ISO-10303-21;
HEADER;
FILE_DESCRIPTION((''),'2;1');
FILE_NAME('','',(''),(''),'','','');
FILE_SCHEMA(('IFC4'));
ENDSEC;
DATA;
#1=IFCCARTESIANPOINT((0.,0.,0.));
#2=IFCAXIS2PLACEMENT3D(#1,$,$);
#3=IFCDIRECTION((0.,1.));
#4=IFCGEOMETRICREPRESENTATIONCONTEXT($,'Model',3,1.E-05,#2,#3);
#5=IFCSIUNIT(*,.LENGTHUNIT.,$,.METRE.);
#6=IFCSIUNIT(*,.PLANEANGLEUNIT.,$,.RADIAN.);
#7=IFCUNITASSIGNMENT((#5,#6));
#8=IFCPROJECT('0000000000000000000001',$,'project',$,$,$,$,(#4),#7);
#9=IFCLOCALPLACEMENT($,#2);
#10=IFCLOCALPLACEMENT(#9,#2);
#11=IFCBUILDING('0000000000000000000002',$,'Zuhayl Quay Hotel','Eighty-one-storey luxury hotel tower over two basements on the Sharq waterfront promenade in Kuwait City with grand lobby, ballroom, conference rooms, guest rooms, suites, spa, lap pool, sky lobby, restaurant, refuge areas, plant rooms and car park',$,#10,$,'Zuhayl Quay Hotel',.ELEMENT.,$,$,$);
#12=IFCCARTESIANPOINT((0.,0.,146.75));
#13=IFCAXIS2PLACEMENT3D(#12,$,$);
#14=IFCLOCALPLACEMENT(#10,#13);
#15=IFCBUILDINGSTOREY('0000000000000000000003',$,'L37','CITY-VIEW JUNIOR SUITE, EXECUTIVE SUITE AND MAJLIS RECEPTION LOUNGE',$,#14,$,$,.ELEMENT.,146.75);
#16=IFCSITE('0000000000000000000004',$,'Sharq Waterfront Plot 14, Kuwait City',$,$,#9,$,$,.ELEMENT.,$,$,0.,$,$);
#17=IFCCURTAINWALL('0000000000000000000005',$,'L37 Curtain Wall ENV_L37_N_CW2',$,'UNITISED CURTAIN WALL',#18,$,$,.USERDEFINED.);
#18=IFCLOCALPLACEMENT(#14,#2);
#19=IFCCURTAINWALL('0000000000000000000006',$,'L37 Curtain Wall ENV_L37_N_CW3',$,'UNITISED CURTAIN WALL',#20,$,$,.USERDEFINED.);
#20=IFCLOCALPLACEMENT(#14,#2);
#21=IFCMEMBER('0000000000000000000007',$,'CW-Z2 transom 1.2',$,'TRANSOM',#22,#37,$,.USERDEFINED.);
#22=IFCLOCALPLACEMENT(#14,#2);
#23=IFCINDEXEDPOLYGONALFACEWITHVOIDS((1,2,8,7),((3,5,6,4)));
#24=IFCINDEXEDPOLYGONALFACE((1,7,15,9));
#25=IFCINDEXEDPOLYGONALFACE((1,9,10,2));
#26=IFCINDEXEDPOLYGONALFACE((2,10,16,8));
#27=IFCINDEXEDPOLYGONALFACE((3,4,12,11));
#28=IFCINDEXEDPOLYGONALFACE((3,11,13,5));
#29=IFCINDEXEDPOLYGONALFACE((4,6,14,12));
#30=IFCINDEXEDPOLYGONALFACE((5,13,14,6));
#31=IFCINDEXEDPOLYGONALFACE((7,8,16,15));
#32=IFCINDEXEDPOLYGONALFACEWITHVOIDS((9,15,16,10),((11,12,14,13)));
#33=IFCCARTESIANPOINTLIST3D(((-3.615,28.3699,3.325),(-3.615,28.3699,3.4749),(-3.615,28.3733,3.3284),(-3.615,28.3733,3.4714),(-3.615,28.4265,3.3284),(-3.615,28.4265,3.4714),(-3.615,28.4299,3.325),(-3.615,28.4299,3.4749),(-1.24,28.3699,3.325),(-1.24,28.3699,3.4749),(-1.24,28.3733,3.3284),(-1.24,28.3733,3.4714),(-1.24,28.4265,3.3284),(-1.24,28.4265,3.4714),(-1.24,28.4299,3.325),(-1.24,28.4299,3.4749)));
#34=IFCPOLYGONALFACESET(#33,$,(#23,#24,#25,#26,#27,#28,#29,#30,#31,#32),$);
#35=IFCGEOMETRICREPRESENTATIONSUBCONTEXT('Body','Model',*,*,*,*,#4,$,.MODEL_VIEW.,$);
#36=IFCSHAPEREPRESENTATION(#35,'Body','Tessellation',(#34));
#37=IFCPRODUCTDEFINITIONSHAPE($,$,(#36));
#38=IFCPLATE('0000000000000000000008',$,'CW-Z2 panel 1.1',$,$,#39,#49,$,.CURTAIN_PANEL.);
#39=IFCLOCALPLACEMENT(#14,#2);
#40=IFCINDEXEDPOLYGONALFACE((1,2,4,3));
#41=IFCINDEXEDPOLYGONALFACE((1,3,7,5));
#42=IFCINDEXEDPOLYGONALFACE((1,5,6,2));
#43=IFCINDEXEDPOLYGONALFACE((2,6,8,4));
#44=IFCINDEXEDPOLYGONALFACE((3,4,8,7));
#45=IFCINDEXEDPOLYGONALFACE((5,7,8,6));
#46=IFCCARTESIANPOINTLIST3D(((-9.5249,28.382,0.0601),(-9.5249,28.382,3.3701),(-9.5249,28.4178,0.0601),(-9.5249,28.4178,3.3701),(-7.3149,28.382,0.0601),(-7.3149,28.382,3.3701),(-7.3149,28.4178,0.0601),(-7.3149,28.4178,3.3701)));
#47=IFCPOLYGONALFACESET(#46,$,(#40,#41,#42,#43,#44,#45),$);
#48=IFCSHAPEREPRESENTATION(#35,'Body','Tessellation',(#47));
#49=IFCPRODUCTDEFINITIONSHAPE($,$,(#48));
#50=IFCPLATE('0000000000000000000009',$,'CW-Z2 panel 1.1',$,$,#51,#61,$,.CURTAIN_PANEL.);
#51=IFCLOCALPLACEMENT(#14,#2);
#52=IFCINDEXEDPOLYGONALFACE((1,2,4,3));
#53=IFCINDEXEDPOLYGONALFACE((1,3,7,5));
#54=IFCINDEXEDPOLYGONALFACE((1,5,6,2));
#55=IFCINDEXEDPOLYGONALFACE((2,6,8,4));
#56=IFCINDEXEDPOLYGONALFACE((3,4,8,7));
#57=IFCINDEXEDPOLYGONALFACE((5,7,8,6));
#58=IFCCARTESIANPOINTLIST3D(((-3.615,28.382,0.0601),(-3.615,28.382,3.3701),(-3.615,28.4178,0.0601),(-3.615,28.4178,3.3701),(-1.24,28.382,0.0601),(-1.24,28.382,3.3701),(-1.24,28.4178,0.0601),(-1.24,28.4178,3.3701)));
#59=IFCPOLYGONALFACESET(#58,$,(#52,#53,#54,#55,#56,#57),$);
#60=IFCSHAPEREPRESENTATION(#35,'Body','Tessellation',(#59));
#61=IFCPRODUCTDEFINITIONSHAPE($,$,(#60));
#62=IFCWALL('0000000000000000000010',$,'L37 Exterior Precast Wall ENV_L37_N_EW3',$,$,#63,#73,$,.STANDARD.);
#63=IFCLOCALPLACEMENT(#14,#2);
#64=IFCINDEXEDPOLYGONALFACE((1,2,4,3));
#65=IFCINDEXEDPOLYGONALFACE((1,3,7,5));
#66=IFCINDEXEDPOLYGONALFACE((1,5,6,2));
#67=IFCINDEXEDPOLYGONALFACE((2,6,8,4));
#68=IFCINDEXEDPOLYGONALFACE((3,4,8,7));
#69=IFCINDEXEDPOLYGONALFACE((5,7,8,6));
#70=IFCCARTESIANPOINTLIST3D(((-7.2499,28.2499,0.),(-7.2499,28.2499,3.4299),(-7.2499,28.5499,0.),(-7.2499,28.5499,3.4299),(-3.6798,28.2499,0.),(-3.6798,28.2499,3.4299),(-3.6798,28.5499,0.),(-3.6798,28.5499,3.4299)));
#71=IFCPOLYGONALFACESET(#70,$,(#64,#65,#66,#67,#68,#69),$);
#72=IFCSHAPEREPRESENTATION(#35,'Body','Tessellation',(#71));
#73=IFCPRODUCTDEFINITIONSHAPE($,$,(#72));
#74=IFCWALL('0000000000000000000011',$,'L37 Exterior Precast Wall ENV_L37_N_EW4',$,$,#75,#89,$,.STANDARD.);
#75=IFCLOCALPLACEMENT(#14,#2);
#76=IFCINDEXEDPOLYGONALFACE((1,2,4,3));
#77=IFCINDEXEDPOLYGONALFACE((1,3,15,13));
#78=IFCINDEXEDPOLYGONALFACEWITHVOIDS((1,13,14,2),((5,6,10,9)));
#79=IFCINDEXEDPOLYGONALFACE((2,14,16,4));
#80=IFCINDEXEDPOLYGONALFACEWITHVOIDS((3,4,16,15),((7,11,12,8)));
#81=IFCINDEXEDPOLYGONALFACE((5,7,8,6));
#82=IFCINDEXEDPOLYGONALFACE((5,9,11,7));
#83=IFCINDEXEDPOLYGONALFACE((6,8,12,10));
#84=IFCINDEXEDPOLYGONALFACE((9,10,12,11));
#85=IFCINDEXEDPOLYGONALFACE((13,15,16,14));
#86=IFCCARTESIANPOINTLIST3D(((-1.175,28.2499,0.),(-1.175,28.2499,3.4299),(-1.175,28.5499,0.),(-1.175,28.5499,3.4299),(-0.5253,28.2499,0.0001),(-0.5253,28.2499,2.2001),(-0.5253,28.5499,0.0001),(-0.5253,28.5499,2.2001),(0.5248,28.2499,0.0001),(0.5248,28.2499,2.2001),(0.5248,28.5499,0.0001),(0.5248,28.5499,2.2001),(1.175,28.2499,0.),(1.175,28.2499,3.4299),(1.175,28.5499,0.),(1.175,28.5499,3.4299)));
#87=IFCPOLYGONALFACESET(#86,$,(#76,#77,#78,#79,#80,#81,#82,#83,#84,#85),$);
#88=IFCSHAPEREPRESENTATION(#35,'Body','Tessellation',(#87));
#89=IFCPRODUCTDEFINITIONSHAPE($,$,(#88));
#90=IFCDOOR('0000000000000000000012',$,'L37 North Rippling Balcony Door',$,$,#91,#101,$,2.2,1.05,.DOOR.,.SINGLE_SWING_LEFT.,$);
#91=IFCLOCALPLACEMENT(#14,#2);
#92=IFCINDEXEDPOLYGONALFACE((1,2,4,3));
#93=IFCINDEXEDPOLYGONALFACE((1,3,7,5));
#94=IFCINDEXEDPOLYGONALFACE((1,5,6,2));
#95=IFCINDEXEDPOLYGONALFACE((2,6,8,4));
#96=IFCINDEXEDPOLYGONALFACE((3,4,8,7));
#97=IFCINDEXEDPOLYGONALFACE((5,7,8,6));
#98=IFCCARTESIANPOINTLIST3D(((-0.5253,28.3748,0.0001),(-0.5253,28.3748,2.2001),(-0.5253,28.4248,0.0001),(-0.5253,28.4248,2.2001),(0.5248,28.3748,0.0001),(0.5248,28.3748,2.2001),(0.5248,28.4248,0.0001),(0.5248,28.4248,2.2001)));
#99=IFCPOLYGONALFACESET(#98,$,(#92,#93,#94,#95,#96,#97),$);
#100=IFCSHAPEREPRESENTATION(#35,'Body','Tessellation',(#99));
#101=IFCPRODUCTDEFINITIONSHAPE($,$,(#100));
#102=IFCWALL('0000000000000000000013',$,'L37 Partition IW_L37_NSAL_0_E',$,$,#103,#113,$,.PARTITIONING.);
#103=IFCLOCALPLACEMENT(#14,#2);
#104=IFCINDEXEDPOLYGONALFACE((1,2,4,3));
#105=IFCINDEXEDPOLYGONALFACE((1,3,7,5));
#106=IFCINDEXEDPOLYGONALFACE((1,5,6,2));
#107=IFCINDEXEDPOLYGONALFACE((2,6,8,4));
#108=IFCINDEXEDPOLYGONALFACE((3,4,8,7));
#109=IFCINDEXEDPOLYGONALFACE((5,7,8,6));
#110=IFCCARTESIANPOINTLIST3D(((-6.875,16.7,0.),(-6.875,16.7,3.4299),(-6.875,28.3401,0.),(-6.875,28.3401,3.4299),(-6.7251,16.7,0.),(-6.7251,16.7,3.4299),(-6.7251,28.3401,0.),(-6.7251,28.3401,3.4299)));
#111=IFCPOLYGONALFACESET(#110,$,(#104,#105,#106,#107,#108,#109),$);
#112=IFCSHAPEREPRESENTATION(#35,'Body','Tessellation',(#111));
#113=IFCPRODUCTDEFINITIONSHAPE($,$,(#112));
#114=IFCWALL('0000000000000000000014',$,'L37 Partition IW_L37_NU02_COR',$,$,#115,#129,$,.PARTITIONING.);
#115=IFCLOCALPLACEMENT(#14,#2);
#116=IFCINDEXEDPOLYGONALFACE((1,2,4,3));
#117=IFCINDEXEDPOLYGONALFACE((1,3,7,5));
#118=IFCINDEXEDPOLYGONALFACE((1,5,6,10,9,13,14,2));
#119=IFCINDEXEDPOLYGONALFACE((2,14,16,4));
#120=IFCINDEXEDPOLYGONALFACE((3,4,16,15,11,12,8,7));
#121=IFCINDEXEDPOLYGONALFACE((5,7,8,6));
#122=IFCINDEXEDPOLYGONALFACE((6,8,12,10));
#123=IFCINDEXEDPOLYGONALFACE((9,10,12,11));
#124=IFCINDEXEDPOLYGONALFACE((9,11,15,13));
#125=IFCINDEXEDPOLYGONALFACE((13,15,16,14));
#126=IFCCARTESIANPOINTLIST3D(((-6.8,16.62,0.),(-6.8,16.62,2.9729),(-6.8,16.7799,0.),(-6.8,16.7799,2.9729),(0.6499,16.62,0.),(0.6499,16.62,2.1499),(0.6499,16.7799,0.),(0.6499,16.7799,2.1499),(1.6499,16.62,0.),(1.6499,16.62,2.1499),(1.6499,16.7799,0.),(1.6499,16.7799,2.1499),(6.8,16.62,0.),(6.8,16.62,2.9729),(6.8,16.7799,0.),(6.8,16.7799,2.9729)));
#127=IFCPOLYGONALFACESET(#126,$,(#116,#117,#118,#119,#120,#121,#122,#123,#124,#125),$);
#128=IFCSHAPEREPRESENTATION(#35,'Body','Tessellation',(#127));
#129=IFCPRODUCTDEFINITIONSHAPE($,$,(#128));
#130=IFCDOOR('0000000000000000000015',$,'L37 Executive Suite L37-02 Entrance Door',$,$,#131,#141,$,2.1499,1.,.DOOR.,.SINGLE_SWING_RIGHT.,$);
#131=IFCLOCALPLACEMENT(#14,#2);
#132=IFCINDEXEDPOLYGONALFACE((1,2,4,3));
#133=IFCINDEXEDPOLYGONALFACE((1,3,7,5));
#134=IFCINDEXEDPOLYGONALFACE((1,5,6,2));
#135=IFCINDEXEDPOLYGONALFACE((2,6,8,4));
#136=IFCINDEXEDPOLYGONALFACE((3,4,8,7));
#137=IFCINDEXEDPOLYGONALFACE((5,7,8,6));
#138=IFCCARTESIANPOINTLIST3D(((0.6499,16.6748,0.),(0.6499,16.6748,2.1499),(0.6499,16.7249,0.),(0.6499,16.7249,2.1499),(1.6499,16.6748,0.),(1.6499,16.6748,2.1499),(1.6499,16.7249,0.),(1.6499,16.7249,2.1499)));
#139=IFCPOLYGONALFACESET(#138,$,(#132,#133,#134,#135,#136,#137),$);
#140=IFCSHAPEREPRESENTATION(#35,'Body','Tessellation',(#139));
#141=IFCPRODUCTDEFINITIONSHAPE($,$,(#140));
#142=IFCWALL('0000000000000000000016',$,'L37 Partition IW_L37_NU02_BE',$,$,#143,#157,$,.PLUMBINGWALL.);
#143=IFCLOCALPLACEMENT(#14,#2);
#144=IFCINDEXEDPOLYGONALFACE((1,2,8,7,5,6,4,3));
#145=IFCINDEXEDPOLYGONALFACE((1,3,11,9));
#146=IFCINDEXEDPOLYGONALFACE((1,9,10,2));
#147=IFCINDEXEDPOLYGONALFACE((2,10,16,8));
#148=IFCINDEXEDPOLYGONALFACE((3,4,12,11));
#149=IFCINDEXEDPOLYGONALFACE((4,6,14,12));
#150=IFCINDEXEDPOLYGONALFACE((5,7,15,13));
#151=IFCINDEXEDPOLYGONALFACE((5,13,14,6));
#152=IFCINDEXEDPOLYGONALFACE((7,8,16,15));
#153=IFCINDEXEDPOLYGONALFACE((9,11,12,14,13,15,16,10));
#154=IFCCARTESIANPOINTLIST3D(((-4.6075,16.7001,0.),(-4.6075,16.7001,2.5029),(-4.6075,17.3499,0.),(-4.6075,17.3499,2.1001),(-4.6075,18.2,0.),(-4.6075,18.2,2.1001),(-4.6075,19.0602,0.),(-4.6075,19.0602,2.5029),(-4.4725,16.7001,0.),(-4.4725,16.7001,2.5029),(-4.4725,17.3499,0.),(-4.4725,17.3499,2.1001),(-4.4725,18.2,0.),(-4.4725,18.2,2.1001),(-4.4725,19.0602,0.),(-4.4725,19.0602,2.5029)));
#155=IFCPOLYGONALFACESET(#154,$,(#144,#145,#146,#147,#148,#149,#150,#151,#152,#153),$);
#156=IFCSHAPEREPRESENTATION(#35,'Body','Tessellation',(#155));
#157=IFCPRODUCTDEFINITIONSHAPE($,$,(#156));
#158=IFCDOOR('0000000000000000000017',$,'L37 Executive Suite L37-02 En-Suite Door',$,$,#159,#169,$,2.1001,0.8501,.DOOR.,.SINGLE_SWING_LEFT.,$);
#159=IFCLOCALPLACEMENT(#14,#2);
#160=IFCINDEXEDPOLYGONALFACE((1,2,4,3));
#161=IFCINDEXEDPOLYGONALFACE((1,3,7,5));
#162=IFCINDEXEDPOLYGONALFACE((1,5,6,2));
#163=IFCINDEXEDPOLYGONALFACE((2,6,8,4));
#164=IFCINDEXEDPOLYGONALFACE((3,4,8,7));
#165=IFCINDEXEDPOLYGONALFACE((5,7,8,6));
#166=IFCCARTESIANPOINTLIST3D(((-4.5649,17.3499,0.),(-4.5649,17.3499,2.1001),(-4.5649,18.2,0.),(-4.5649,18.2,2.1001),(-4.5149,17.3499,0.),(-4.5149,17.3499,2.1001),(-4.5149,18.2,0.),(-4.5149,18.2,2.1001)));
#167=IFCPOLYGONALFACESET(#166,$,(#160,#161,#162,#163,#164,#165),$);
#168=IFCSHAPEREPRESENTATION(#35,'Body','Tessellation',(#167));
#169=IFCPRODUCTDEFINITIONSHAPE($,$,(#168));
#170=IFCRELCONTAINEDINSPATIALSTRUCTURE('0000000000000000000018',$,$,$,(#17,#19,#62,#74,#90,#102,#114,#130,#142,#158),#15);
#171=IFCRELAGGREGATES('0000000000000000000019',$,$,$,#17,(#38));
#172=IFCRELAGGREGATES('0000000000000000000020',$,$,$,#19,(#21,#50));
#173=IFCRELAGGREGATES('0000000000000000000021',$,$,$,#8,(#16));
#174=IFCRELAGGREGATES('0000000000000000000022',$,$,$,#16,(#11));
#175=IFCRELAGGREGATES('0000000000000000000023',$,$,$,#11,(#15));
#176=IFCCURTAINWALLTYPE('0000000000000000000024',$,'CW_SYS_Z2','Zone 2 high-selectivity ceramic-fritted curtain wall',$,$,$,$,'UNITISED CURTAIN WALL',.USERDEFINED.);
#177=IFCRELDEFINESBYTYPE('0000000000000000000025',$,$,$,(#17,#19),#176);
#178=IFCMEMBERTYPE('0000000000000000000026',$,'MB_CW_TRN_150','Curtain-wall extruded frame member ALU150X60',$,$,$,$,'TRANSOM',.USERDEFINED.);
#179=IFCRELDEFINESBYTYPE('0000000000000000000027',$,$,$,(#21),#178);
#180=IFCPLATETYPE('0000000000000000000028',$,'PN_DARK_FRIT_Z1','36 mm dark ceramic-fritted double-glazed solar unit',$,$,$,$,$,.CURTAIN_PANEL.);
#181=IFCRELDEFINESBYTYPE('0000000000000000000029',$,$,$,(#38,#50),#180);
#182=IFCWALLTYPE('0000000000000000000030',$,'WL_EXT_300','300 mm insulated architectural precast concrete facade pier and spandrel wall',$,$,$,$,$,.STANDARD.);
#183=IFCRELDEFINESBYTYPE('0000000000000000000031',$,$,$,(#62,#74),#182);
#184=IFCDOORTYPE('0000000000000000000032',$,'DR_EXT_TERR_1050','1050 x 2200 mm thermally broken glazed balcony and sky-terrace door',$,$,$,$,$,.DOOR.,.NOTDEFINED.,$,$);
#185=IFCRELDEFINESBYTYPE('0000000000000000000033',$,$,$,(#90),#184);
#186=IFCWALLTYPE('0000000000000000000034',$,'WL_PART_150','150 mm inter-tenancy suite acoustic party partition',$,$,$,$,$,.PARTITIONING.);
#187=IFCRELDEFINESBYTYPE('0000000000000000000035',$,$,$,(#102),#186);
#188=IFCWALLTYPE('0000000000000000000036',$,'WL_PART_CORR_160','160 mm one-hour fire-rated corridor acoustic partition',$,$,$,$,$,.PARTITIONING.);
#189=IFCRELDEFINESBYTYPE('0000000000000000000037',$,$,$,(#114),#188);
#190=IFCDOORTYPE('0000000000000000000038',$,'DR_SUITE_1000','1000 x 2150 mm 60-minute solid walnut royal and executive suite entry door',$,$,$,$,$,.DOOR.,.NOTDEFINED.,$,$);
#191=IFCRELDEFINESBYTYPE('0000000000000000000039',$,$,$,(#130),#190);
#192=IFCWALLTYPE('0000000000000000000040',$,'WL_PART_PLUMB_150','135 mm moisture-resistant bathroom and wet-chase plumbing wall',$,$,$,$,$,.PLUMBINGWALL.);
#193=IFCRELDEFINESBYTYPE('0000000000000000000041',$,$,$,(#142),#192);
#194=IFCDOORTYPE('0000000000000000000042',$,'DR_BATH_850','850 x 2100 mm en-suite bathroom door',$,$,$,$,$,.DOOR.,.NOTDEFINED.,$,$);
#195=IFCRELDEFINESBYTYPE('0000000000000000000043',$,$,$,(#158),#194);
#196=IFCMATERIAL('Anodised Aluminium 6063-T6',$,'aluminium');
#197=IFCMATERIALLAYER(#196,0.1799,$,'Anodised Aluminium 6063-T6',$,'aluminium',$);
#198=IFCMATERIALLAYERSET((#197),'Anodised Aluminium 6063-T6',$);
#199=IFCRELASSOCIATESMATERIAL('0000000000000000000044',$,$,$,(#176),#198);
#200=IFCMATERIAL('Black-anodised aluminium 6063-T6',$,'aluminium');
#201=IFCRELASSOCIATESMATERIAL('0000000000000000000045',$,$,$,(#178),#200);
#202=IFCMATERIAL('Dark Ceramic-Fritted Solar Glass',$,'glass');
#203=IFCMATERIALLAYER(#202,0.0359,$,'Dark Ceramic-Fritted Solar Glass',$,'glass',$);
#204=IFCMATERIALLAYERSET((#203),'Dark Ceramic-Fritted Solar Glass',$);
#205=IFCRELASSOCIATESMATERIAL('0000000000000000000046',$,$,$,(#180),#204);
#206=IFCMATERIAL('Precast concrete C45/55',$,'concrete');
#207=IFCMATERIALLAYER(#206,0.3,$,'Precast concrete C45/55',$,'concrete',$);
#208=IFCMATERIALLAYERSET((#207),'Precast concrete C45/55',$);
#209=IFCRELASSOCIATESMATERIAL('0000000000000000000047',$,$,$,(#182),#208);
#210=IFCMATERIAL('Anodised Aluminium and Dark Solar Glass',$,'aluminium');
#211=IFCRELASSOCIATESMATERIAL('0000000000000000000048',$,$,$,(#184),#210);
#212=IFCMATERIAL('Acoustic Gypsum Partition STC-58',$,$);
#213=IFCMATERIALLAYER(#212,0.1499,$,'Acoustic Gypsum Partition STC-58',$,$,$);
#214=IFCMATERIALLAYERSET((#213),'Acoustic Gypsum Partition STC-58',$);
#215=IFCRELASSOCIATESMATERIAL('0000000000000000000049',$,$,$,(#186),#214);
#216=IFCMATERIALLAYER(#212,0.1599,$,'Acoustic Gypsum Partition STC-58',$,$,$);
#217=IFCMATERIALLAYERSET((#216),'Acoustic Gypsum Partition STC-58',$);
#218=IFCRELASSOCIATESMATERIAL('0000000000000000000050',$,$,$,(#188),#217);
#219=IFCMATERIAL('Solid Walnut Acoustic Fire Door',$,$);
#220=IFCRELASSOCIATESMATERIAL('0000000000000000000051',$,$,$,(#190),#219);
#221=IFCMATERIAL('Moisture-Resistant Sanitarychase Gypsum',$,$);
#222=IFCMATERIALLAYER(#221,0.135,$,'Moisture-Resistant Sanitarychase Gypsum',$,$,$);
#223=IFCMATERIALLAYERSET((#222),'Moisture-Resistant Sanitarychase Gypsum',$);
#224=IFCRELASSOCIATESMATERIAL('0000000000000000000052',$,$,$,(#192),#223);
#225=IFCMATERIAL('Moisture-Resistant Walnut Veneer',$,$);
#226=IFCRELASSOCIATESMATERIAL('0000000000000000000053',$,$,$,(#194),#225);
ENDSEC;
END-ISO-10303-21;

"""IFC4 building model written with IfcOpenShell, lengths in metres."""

from ifc_helpers import new_model, si_unit, direction, frame, frame_2d, origin, origin_2d, place, context, subcontext, project, spatial, rectangle, hollow_rectangle, extrude, material, layer, layer_set, material_profile, profile_set, type_object, element, fill, aggregate, save


model = new_model("IFC4")

# Units and contexts
model_context = context("Model", 3, precision=1e-05, world=origin(), true_north=direction((0.0, 1.0)))
body_context = subcontext(model_context, "Body", "Model", "MODEL_VIEW")
ifc_project = project(units=[si_unit("LENGTHUNIT", "METRE"), si_unit("PLANEANGLEUNIT", "RADIAN")], contexts=[model_context])

# Site, building, storey
site_placement = place(None, origin())
site = spatial("IfcSite", under=ifc_project, at=site_placement, Name="Sharq Waterfront Plot 14, Kuwait City", CompositionType="ELEMENT", RefElevation=0.0)
building_placement = place(site_placement, origin())
building = spatial("IfcBuilding", under=site, at=building_placement, Name="Zuhayl Quay Hotel", Description="Eighty-one-storey luxury hotel tower over two basements on the Sharq waterfront promenade in Kuwait City with grand lobby, ballroom, conference rooms, guest rooms, suites, spa, lap pool, sky lobby, restaurant, refuge areas, plant rooms and car park", LongName="Zuhayl Quay Hotel", CompositionType="ELEMENT")
storey_placement = place(building_placement, frame((0.0, 0.0, 146.75)))
storey = spatial("IfcBuildingStorey", under=building, at=storey_placement, Name="L37", Description="CITY-VIEW JUNIOR SUITE, EXECUTIVE SUITE AND MAJLIS RECEPTION LOUNGE", CompositionType="ELEMENT", Elevation=146.75)

# Curtain wall
ifc_material_1 = material(Name="Anodised Aluminium 6063-T6", Category="aluminium")
ifc_layer_1 = layer(ifc_material_1, 0.1799, Name="Anodised Aluminium 6063-T6", Category="aluminium")
ifc_layer_set_1 = layer_set([ifc_layer_1], Name="Anodised Aluminium 6063-T6")
curtain_wall_type = type_object("IfcCurtainWallType", Name="CW_SYS_Z2", Description="Zone 2 high-selectivity ceramic-fritted curtain wall", ElementType="UNITISED CURTAIN WALL", PredefinedType="USERDEFINED", material=ifc_layer_set_1)
curtain_wall_1_placement = place(storey_placement, origin())
curtain_wall_1 = element("IfcCurtainWall", 1, at=curtain_wall_1_placement, inside=storey, type_object=curtain_wall_type, Name="L37 Curtain Wall ENV_L37_N_CW2", ObjectType="UNITISED CURTAIN WALL", PredefinedType="USERDEFINED")
ifc_material_2 = material(Name="Black-anodised aluminium 6063-T6", Category="aluminium")

# Curtain wall
curtain_wall_2_placement = place(storey_placement, origin())
curtain_wall_2 = element("IfcCurtainWall", 2, at=curtain_wall_2_placement, inside=storey, type_object=curtain_wall_type, Name="L37 Curtain Wall ENV_L37_N_CW3", ObjectType="UNITISED CURTAIN WALL", PredefinedType="USERDEFINED")

# Member
ifc_material_profile_1 = material_profile(ifc_material_2, hollow_rectangle(XDim=0.0601, YDim=0.1499, WallThickness=0.0034, at=origin_2d()), Name="ALU150X60")
ifc_profile_set_1 = profile_set([ifc_material_profile_1], Name="Black-anodised aluminium 6063-T6")
member_type_1 = type_object("IfcMemberType", Name="MB_CW_TRN_150", Description="Curtain-wall extruded frame member ALU150X60", ElementType="TRANSOM", PredefinedType="USERDEFINED", material=ifc_profile_set_1)
member_1_placement = place(storey_placement, frame((-3.615, 28.3999, 3.3999), z_axis=(1.0, 0.0, 0.0), x_axis=(0.0, 1.0, 0.0)))
member_1 = element("IfcMember", 3, at=member_1_placement, type_object=member_type_1, Name="CW-Z2 transom 1.2", ObjectType="TRANSOM", PredefinedType="USERDEFINED", context=body_context, shape_type="SweptSolid", body=[
    extrude(hollow_rectangle(XDim=0.0601, YDim=0.1499, WallThickness=0.0034, at=origin_2d()), origin(), (0.0, 0.0, 1.0), 2.375),
])

# Plates
ifc_material_3 = material(Name="Dark Ceramic-Fritted Solar Glass", Category="glass")
ifc_layer_2 = layer(ifc_material_3, 0.0359, Name="Dark Ceramic-Fritted Solar Glass", Category="glass")
ifc_layer_set_2 = layer_set([ifc_layer_2], Name="Dark Ceramic-Fritted Solar Glass")
plate_type = type_object("IfcPlateType", Name="PN_DARK_FRIT_Z1", Description="36 mm dark ceramic-fritted double-glazed solar unit", PredefinedType="CURTAIN_PANEL", material=ifc_layer_set_2)
plate_1_placement = place(storey_placement, frame((-8.4199, 28.3999, 0.0601), z_axis=(0.0, 0.0, 1.0), x_axis=(1.0, 0.0, 0.0)))
plate_1 = element("IfcPlate", 4, at=plate_1_placement, type_object=plate_type, Name="CW-Z2 panel 1.1", PredefinedType="CURTAIN_PANEL", context=body_context, shape_type="SweptSolid", body=[
    extrude(rectangle(XDim=2.21, YDim=0.0359, at=origin_2d()), origin(), (0.0, 0.0, 1.0), 3.3101),
])
aggregate(curtain_wall_1, [plate_1])
plate_2_placement = place(storey_placement, frame((-2.4275, 28.3999, 0.0601), z_axis=(0.0, 0.0, 1.0), x_axis=(1.0, 0.0, 0.0)))
plate_2 = element("IfcPlate", 5, at=plate_2_placement, type_object=plate_type, Name="CW-Z2 panel 1.1", PredefinedType="CURTAIN_PANEL", context=body_context, shape_type="SweptSolid", body=[
    extrude(rectangle(XDim=2.375, YDim=0.0359, at=origin_2d()), origin(), (0.0, 0.0, 1.0), 3.3101),
])
aggregate(curtain_wall_2, [member_1, plate_2])

# Wall
ifc_material_4 = material(Name="Precast concrete C45/55", Category="concrete")
ifc_layer_3 = layer(ifc_material_4, 0.3, Name="Precast concrete C45/55", Category="concrete")
ifc_layer_set_3 = layer_set([ifc_layer_3], Name="Precast concrete C45/55")
wall_type_1 = type_object("IfcWallType", Name="WL_EXT_300", Description="300 mm insulated architectural precast concrete facade pier and spandrel wall", PredefinedType="STANDARD", material=ifc_layer_set_3)
wall_1_placement = place(storey_placement, frame((-7.25, 28.3999, 0.0), z_axis=(0.0, 0.0, 1.0), x_axis=(1.0, 0.0, 0.0)))
element("IfcWall", 6, at=wall_1_placement, inside=storey, type_object=wall_type_1, Name="L37 Exterior Precast Wall ENV_L37_N_EW3", PredefinedType="STANDARD", context=body_context, shape_type="SweptSolid", body=[
    extrude(rectangle(XDim=3.5701, YDim=0.3, at=frame_2d((1.7852, 0.0))), origin(), (0.0, 0.0, 1.0), 3.4299),
])

# Wall, opening, door
wall_2_placement = place(storey_placement, frame((-1.175, 28.3999, 0.0), z_axis=(0.0, 0.0, 1.0), x_axis=(1.0, 0.0, 0.0)))
wall_2 = element("IfcWall", 7, at=wall_2_placement, inside=storey, type_object=wall_type_1, Name="L37 Exterior Precast Wall ENV_L37_N_EW4", PredefinedType="STANDARD", context=body_context, shape_type="SweptSolid", body=[
    extrude(rectangle(XDim=2.3501, YDim=0.3, at=frame_2d((1.175, 0.0))), origin(), (0.0, 0.0, 1.0), 3.4299),
])
opening_1_placement = place(wall_2_placement, frame((0.6499, 0.0, 0.0)))
opening_1 = element("IfcOpeningElement", 8, at=opening_1_placement, cuts=wall_2, PredefinedType="OPENING", context=body_context, shape_type="SweptSolid", body=[
    extrude(rectangle(XDim=1.05, YDim=2.2, at=frame_2d((0.5249, 1.1001))), frame((0.0, 0.1599, 0.0), z_axis=(0.0, -1.0, 0.0), x_axis=(1.0, 0.0, 0.0)), (0.0, 0.0, 1.0), 0.3201),
])
ifc_material_5 = material(Name="Anodised Aluminium and Dark Solar Glass", Category="aluminium")
door_type_1 = type_object("IfcDoorType", Name="DR_EXT_TERR_1050", Description="1050 x 2200 mm thermally broken glazed balcony and sky-terrace door", OperationType="NOTDEFINED", PredefinedType="DOOR", material=ifc_material_5)
door_1_placement = place(opening_1_placement, origin())
door_1 = element("IfcDoor", 9, at=door_1_placement, inside=storey, type_object=door_type_1, Name="L37 North Rippling Balcony Door", OperationType="SINGLE_SWING_LEFT", OverallHeight=2.2, OverallWidth=1.05, PredefinedType="DOOR", context=body_context, shape_type="SweptSolid", body=[
    extrude(rectangle(XDim=1.05, YDim=2.2, at=frame_2d((0.5249, 1.1001))), frame((0.0, 0.0249, 0.0), z_axis=(0.0, -1.0, 0.0), x_axis=(1.0, 0.0, 0.0)), (0.0, 0.0, 1.0), 0.05),
])
fill(opening_1, door_1)

# Wall
ifc_material_6 = material(Name="Acoustic Gypsum Partition STC-58")
ifc_layer_4 = layer(ifc_material_6, 0.1499, Name="Acoustic Gypsum Partition STC-58")
ifc_layer_set_4 = layer_set([ifc_layer_4], Name="Acoustic Gypsum Partition STC-58")
wall_type_2 = type_object("IfcWallType", Name="WL_PART_150", Description="150 mm inter-tenancy suite acoustic party partition", PredefinedType="PARTITIONING", material=ifc_layer_set_4)
wall_3_placement = place(storey_placement, frame((-6.8, 16.7, 0.0), z_axis=(0.0, 0.0, 1.0), x_axis=(0.0, 1.0, 0.0)))
element("IfcWall", 10, at=wall_3_placement, inside=storey, type_object=wall_type_2, Name="L37 Partition IW_L37_NSAL_0_E", PredefinedType="PARTITIONING", context=body_context, shape_type="SweptSolid", body=[
    extrude(rectangle(XDim=11.6401, YDim=0.1499, at=frame_2d((5.8201, 0.0))), origin(), (0.0, 0.0, 1.0), 3.4299),
])

# Walls, openings, doors
ifc_layer_5 = layer(ifc_material_6, 0.1599, Name="Acoustic Gypsum Partition STC-58")
ifc_layer_set_5 = layer_set([ifc_layer_5], Name="Acoustic Gypsum Partition STC-58")
wall_type_3 = type_object("IfcWallType", Name="WL_PART_CORR_160", Description="160 mm one-hour fire-rated corridor acoustic partition", PredefinedType="PARTITIONING", material=ifc_layer_set_5)
wall_4_placement = place(storey_placement, frame((-6.8, 16.7, 0.0), z_axis=(0.0, 0.0, 1.0), x_axis=(1.0, 0.0, 0.0)))
wall_4 = element("IfcWall", 11, at=wall_4_placement, inside=storey, type_object=wall_type_3, Name="L37 Partition IW_L37_NU02_COR", PredefinedType="PARTITIONING", context=body_context, shape_type="SweptSolid", body=[
    extrude(rectangle(XDim=13.6001, YDim=0.1599, at=frame_2d((6.8, 0.0))), origin(), (0.0, 0.0, 1.0), 2.9729),
])
opening_2_placement = place(wall_4_placement, frame((7.45, 0.0, 0.0)))
opening_2 = element("IfcOpeningElement", 12, at=opening_2_placement, cuts=wall_4, PredefinedType="OPENING", context=body_context, shape_type="SweptSolid", body=[
    extrude(rectangle(XDim=1.0, YDim=2.1499, at=frame_2d((0.5, 1.075))), frame((0.0, 0.0898, 0.0), z_axis=(0.0, -1.0, 0.0), x_axis=(1.0, 0.0, 0.0)), (0.0, 0.0, 1.0), 0.1799),
])
ifc_material_7 = material(Name="Solid Walnut Acoustic Fire Door")
door_type_2 = type_object("IfcDoorType", Name="DR_SUITE_1000", Description="1000 x 2150 mm 60-minute solid walnut royal and executive suite entry door", OperationType="NOTDEFINED", PredefinedType="DOOR", material=ifc_material_7)
door_2_placement = place(opening_2_placement, origin())
door_2 = element("IfcDoor", 13, at=door_2_placement, inside=storey, type_object=door_type_2, Name="L37 Executive Suite L37-02 Entrance Door", OperationType="SINGLE_SWING_RIGHT", OverallHeight=2.1499, OverallWidth=1.0, PredefinedType="DOOR", context=body_context, shape_type="SweptSolid", body=[
    extrude(rectangle(XDim=1.0, YDim=2.1499, at=frame_2d((0.5, 1.075))), frame((0.0, 0.0249, 0.0), z_axis=(0.0, -1.0, 0.0), x_axis=(1.0, 0.0, 0.0)), (0.0, 0.0, 1.0), 0.05),
])
fill(opening_2, door_2)
ifc_material_8 = material(Name="Moisture-Resistant Sanitarychase Gypsum")
ifc_layer_6 = layer(ifc_material_8, 0.135, Name="Moisture-Resistant Sanitarychase Gypsum")
ifc_layer_set_6 = layer_set([ifc_layer_6], Name="Moisture-Resistant Sanitarychase Gypsum")
wall_type_4 = type_object("IfcWallType", Name="WL_PART_PLUMB_150", Description="135 mm moisture-resistant bathroom and wet-chase plumbing wall", PredefinedType="PLUMBINGWALL", material=ifc_layer_set_6)
wall_5_placement = place(storey_placement, frame((-4.54, 16.7, 0.0), z_axis=(0.0, 0.0, 1.0), x_axis=(0.0, 1.0, 0.0)))
wall_5 = element("IfcWall", 14, at=wall_5_placement, inside=storey, type_object=wall_type_4, Name="L37 Partition IW_L37_NU02_BE", PredefinedType="PLUMBINGWALL", context=body_context, shape_type="SweptSolid", body=[
    extrude(rectangle(XDim=2.3601, YDim=0.135, at=frame_2d((1.1802, 0.0))), origin(), (0.0, 0.0, 1.0), 2.5029),
])
opening_3_placement = place(wall_5_placement, frame((0.6499, 0.0, 0.0)))
opening_3 = element("IfcOpeningElement", 15, at=opening_3_placement, cuts=wall_5, PredefinedType="OPENING", context=body_context, shape_type="SweptSolid", body=[
    extrude(rectangle(XDim=0.8501, YDim=2.1001, at=frame_2d((0.425, 1.05))), frame((0.0, 0.0774, 0.0), z_axis=(0.0, -1.0, 0.0), x_axis=(1.0, 0.0, 0.0)), (0.0, 0.0, 1.0), 0.155),
])
ifc_material_9 = material(Name="Moisture-Resistant Walnut Veneer")
door_type_3 = type_object("IfcDoorType", Name="DR_BATH_850", Description="850 x 2100 mm en-suite bathroom door", OperationType="NOTDEFINED", PredefinedType="DOOR", material=ifc_material_9)
door_3_placement = place(opening_3_placement, origin())
door_3 = element("IfcDoor", 16, at=door_3_placement, inside=storey, type_object=door_type_3, Name="L37 Executive Suite L37-02 En-Suite Door", OperationType="SINGLE_SWING_LEFT", OverallHeight=2.1001, OverallWidth=0.8501, PredefinedType="DOOR", context=body_context, shape_type="SweptSolid", body=[
    extrude(rectangle(XDim=0.8501, YDim=2.1001, at=frame_2d((0.425, 1.05))), frame((0.0, 0.0249, 0.0), z_axis=(0.0, -1.0, 0.0), x_axis=(1.0, 0.0, 0.0)), (0.0, 0.0, 1.0), 0.05),
])
fill(opening_3, door_3)

save(model, "model.ifc")
